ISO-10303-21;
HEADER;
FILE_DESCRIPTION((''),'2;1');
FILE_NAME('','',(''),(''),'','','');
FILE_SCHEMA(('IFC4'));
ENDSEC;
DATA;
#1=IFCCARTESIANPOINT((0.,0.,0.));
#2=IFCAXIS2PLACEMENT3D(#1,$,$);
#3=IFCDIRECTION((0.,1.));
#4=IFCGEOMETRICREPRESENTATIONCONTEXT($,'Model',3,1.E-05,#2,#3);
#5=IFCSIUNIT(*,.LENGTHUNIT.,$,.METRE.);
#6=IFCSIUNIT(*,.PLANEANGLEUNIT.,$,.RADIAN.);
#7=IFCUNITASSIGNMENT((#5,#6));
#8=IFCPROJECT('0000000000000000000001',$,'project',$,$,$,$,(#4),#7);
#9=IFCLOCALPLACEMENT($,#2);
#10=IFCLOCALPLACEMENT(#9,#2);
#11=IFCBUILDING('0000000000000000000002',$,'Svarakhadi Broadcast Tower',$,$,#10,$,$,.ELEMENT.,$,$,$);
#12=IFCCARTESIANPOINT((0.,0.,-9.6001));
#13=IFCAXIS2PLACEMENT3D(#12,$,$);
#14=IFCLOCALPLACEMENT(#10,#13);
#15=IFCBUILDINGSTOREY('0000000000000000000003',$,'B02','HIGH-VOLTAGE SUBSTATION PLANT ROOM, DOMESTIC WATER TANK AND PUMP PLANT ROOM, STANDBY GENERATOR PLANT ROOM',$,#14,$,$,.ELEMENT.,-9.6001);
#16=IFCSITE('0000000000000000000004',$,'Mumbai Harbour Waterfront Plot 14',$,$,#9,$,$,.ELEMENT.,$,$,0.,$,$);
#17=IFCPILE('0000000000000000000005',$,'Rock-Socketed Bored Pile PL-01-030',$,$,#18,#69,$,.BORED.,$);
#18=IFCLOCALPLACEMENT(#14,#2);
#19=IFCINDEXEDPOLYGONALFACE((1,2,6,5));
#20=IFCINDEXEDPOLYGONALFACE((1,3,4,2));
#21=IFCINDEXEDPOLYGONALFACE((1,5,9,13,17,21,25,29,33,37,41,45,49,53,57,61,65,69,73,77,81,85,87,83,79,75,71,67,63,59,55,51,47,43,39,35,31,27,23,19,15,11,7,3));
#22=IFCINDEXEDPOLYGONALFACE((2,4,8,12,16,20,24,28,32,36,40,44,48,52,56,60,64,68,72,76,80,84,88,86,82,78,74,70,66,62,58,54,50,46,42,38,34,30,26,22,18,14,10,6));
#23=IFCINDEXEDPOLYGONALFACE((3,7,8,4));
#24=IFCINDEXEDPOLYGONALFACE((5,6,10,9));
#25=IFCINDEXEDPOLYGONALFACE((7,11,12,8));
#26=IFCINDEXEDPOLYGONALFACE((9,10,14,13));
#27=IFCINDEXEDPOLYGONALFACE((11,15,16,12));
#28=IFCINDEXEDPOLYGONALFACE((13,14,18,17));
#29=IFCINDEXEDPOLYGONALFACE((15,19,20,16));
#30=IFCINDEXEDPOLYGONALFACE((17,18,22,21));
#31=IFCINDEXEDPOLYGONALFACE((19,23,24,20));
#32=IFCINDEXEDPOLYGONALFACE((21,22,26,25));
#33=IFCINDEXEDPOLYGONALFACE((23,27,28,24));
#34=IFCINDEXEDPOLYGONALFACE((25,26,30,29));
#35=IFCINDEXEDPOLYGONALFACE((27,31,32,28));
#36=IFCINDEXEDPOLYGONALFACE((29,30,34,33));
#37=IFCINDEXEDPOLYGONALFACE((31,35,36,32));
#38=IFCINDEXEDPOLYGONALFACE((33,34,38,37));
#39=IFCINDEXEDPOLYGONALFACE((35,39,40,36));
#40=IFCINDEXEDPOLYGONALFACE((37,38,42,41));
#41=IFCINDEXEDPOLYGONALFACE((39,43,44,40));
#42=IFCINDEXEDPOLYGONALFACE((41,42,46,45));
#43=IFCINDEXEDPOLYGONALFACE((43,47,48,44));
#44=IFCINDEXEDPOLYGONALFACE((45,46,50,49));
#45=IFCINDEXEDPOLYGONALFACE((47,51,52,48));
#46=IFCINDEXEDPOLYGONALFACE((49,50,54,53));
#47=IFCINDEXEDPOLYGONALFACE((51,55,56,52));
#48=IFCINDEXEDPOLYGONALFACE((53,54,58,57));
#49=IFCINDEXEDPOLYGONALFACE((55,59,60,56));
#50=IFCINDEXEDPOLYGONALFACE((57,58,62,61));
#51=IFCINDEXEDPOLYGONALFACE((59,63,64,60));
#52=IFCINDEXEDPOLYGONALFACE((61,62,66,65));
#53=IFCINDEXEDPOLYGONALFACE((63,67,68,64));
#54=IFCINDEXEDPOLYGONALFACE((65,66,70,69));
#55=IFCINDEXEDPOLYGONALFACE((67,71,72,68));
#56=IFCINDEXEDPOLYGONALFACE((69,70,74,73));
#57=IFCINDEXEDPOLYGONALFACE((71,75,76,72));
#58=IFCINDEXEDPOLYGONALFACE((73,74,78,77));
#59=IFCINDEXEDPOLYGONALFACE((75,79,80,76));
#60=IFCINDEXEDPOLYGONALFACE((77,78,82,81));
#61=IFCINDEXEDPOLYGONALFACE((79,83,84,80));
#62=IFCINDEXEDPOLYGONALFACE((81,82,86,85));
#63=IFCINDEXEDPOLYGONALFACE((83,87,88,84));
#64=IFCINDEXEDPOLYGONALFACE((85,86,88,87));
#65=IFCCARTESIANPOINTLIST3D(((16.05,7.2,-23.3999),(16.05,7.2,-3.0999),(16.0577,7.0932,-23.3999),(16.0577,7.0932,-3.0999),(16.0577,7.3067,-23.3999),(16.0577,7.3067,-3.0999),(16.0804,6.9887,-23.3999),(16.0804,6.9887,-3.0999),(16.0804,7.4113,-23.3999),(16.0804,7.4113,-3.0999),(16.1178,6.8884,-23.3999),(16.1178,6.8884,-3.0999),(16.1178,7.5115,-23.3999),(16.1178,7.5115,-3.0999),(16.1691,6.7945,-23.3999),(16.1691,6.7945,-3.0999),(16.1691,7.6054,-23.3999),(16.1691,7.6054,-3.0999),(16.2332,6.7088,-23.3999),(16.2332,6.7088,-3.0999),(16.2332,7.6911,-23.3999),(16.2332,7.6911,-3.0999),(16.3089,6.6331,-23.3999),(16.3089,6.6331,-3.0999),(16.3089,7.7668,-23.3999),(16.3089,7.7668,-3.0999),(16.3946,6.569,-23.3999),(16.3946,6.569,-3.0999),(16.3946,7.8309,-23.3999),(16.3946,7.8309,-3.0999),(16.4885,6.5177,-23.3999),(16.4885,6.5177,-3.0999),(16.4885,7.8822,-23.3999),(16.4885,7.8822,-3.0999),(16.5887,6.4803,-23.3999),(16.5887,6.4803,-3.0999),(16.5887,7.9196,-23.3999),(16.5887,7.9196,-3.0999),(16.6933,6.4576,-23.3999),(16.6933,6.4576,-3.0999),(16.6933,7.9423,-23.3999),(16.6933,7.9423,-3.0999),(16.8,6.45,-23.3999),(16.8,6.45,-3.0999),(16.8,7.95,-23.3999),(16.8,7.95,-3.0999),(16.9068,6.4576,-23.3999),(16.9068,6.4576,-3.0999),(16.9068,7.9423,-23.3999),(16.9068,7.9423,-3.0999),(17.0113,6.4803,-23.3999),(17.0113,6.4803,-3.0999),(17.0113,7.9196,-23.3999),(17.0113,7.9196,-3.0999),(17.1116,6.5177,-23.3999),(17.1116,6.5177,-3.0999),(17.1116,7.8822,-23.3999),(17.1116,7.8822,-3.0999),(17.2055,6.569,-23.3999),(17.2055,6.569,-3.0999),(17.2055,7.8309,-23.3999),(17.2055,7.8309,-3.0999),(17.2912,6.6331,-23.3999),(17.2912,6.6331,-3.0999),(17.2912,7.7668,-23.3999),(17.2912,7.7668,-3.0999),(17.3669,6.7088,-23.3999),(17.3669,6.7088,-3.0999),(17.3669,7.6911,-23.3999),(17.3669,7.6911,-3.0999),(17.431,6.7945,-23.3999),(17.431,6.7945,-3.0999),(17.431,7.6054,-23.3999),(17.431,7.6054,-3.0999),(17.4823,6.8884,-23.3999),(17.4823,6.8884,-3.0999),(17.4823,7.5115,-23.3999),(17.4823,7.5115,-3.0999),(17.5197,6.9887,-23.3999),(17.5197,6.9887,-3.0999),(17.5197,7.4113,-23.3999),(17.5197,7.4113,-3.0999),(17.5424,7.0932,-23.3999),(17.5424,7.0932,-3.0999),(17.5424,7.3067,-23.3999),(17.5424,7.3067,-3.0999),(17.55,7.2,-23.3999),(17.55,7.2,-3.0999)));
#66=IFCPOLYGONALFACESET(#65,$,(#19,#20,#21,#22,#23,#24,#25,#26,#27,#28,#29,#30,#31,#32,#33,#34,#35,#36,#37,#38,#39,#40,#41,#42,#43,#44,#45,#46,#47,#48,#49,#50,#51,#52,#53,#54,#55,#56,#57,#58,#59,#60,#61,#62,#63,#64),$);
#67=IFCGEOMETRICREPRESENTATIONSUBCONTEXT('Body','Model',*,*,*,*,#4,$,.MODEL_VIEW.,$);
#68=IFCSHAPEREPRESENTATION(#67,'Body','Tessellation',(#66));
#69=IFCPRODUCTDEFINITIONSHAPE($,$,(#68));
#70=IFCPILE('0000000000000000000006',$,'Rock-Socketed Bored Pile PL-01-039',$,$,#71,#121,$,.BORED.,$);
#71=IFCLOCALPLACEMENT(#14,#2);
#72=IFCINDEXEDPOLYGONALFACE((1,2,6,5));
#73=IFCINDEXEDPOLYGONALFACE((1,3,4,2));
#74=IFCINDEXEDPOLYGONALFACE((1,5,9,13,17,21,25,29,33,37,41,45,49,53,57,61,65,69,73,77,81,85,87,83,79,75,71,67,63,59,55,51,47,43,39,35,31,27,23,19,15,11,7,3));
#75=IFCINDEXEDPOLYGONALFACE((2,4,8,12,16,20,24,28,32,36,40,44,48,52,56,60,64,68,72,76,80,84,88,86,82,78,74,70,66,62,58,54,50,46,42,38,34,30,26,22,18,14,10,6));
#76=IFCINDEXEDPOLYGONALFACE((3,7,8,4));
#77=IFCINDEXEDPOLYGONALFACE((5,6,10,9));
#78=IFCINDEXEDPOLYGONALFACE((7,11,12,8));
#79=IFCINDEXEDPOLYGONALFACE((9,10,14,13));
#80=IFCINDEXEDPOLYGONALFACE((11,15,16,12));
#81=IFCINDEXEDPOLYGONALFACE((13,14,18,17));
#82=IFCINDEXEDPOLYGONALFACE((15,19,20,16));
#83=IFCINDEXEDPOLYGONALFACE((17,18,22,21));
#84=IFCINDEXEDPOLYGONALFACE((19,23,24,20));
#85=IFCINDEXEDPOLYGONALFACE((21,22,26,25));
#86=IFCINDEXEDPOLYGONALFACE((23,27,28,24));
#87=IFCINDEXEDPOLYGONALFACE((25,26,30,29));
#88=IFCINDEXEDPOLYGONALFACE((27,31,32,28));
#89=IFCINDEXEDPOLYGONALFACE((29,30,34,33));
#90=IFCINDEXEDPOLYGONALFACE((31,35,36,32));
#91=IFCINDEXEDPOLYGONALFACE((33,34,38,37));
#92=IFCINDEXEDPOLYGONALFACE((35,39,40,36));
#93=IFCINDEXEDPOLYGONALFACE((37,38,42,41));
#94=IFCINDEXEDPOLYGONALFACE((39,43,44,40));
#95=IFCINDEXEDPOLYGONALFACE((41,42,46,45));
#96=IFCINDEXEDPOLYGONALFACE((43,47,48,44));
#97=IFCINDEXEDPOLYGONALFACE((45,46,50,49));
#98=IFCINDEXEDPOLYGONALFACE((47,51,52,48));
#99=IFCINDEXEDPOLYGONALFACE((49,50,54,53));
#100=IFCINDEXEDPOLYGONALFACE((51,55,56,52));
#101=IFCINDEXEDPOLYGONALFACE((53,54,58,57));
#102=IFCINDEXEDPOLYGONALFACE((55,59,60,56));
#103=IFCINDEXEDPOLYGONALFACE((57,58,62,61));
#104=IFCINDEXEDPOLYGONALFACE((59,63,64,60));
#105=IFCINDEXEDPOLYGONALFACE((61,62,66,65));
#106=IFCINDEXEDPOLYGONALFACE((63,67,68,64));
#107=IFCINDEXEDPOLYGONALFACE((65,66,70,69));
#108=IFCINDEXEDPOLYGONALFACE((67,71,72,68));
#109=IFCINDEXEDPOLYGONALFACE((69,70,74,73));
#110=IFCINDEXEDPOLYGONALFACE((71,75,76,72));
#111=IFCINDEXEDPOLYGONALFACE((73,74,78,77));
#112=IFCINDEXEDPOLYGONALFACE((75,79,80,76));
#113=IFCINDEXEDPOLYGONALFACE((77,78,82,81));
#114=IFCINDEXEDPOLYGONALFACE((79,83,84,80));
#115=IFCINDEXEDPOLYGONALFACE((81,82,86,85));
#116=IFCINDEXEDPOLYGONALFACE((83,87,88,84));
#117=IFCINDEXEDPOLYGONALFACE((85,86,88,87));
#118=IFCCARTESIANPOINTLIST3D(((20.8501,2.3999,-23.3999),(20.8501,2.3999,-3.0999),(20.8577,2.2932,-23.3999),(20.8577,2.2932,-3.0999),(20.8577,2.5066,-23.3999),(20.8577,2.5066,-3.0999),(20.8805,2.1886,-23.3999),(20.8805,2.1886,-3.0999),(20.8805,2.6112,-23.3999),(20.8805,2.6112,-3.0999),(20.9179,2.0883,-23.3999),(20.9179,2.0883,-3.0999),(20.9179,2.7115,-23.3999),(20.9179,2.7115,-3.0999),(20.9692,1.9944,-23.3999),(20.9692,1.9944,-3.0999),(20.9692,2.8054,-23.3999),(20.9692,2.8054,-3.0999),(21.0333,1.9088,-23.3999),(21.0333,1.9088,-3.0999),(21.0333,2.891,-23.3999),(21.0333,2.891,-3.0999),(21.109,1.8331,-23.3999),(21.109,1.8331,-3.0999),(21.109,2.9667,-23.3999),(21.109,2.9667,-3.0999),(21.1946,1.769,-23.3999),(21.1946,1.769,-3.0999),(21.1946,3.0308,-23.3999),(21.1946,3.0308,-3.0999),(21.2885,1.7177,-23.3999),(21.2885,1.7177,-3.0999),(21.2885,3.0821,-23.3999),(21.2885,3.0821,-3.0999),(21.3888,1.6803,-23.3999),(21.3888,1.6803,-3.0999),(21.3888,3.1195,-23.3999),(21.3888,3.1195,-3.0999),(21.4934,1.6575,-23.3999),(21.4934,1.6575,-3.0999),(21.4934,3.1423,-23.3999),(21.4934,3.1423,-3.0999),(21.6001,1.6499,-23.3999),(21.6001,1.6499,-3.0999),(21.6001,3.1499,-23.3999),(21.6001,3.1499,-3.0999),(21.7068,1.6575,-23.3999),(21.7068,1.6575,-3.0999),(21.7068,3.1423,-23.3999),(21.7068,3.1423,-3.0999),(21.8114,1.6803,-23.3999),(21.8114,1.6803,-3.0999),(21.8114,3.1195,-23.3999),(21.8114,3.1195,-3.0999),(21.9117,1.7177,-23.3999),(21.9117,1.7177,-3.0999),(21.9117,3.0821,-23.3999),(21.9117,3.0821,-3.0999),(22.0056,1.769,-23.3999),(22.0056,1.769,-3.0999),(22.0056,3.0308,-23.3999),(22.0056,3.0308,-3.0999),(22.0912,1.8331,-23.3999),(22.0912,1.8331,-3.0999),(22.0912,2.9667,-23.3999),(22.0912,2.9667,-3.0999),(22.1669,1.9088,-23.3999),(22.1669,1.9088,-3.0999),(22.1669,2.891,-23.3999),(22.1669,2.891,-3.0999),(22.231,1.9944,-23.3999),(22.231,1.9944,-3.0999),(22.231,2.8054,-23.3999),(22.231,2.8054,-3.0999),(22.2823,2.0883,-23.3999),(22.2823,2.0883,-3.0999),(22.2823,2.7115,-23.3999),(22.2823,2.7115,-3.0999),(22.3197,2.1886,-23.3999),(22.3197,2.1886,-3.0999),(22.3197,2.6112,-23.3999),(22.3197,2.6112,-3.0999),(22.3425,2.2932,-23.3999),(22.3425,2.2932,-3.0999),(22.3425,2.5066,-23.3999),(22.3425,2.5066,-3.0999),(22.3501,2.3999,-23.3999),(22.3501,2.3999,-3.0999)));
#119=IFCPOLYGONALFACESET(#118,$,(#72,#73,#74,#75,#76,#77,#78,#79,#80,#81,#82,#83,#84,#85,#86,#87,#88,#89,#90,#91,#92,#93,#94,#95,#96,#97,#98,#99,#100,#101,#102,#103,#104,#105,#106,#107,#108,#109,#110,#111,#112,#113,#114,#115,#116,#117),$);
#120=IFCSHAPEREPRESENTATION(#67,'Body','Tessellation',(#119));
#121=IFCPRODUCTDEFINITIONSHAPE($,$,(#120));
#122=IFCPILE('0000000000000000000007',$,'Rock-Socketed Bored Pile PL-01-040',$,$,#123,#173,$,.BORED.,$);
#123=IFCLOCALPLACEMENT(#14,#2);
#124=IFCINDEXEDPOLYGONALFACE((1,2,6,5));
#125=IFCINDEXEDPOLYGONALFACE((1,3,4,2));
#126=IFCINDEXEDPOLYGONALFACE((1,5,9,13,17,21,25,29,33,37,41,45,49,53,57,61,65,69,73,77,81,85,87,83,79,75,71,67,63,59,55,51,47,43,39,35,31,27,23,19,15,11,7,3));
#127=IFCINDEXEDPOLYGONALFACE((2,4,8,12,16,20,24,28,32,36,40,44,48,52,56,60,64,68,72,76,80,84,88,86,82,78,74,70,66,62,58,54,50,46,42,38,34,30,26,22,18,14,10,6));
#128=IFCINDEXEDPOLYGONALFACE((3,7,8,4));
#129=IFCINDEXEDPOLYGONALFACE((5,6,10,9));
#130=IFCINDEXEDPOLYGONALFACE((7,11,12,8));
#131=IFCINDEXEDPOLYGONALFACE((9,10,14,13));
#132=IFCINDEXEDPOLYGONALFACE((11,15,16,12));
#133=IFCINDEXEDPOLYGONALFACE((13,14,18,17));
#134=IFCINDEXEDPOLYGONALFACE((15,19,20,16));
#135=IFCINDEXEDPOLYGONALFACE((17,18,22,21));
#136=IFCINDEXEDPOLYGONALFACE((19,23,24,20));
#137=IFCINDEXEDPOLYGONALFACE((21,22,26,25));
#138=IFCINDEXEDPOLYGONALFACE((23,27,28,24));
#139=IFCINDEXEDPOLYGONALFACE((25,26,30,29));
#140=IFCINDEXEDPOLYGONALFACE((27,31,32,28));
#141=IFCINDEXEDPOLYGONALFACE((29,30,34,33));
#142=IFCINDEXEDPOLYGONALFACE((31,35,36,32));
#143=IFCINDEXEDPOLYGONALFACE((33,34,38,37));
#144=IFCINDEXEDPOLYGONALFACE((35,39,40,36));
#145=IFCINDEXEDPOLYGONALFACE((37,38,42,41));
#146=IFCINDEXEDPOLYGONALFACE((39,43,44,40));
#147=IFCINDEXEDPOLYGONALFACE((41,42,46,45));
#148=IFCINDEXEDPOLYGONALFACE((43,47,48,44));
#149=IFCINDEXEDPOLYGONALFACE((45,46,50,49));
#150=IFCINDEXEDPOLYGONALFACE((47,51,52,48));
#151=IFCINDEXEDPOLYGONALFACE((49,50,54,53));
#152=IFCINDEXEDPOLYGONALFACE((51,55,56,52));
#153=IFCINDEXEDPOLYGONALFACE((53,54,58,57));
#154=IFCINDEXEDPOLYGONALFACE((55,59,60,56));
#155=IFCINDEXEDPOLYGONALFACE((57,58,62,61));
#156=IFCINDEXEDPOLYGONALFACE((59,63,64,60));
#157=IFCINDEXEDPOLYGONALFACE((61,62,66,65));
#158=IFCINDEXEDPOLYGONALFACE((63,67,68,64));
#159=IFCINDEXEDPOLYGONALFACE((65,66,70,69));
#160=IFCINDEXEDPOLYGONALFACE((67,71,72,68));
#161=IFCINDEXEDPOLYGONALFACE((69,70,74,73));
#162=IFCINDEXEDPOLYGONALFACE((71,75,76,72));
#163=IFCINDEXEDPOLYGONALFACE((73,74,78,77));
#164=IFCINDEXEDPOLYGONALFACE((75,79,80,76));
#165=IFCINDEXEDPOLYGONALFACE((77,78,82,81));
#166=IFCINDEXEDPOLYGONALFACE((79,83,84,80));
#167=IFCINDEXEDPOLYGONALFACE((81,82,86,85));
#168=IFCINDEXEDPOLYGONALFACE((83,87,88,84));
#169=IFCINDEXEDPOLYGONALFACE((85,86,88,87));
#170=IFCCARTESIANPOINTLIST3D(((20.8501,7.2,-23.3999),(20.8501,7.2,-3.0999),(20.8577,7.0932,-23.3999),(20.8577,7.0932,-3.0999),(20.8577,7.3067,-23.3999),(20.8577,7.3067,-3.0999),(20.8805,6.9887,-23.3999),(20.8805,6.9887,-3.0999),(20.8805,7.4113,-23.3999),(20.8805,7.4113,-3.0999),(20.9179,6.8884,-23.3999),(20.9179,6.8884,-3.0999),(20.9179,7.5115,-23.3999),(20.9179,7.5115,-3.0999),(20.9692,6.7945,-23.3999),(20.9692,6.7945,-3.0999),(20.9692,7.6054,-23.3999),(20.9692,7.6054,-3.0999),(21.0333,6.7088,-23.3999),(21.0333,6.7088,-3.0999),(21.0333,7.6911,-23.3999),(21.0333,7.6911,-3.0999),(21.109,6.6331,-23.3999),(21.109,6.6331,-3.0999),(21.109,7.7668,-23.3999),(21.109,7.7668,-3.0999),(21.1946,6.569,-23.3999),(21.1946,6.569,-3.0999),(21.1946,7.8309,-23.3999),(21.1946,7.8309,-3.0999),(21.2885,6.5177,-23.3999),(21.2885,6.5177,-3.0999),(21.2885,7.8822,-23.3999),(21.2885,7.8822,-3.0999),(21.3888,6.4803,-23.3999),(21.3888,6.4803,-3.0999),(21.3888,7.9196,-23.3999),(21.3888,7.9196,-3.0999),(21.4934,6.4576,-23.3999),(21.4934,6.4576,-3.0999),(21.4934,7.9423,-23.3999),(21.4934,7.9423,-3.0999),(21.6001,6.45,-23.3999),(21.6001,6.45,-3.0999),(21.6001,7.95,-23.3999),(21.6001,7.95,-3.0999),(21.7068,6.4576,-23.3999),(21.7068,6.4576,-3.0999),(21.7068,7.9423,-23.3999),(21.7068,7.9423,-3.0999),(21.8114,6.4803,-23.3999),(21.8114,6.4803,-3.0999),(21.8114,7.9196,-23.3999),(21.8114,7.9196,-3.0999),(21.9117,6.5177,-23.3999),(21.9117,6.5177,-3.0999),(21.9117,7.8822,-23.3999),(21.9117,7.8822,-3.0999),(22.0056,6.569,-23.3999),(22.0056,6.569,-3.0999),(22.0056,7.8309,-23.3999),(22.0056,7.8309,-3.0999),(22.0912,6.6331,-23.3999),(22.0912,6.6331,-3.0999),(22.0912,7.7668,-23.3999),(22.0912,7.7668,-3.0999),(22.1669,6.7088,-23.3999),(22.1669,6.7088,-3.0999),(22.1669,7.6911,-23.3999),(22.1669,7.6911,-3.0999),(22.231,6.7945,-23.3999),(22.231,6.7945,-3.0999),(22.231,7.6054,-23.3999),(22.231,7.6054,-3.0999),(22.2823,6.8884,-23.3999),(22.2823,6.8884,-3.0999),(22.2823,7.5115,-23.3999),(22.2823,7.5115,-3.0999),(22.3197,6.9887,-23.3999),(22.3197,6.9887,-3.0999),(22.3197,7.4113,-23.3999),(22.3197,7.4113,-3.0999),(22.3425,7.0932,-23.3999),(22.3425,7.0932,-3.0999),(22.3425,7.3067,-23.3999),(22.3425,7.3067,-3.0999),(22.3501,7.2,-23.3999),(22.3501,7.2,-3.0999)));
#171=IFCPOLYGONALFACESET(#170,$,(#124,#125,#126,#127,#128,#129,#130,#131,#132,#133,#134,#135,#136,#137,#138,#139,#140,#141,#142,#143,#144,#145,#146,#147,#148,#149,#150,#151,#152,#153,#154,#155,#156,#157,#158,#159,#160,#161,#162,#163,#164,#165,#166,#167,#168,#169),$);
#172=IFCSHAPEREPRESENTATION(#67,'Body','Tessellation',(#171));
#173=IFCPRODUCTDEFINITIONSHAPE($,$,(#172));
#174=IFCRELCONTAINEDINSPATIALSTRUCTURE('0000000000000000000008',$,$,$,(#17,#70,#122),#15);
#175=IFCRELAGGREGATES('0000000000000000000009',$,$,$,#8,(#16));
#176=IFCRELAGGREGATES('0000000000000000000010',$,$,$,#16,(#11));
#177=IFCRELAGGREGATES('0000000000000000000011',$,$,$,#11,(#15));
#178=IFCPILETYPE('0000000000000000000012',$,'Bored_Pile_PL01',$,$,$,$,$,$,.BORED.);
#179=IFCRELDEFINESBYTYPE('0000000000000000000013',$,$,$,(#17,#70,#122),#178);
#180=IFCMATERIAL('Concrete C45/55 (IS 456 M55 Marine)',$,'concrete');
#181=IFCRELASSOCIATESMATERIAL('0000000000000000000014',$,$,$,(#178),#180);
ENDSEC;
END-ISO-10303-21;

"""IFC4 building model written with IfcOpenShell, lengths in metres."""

from ifc_helpers import new_model, si_unit, direction, frame, origin, origin_2d, place, context, subcontext, project, spatial, circle, extrude, material, material_profile, profile_set, type_object, element, save


model = new_model("IFC4")

# Units and contexts
model_context = context("Model", 3, precision=1e-05, world=origin(), true_north=direction((0.0, 1.0)))
body_context = subcontext(model_context, "Body", "Model", "MODEL_VIEW")
ifc_project = project(units=[si_unit("LENGTHUNIT", "METRE"), si_unit("PLANEANGLEUNIT", "RADIAN")], contexts=[model_context])

# Site, building, storey
site_placement = place(None, origin())
site = spatial("IfcSite", under=ifc_project, at=site_placement, Name="Mumbai Harbour Waterfront Plot 14", CompositionType="ELEMENT", RefElevation=0.0)
building_placement = place(site_placement, origin())
building = spatial("IfcBuilding", under=site, at=building_placement, Name="Svarakhadi Broadcast Tower", CompositionType="ELEMENT")
storey_placement = place(building_placement, frame((0.0, 0.0, -9.6001)))
storey = spatial("IfcBuildingStorey", under=building, at=storey_placement, Name="B02", Description="HIGH-VOLTAGE SUBSTATION PLANT ROOM, DOMESTIC WATER TANK AND PUMP PLANT ROOM, STANDBY GENERATOR PLANT ROOM", CompositionType="ELEMENT", Elevation=-9.6001)

# Piles
ifc_material_1 = material(Name="Concrete C45/55 (IS 456 M55 Marine)", Category="concrete")
ifc_material_profile_1 = material_profile(ifc_material_1, circle(Radius=0.75, at=origin_2d()), Name="PILE D1500")
ifc_profile_set_1 = profile_set([ifc_material_profile_1], Name="Concrete C45/55 (IS 456 M55 Marine)")
pile_type = type_object("IfcPileType", Name="Bored_Pile_PL01", PredefinedType="BORED", material=ifc_profile_set_1)
for number, where, z_axis, x_axis, name in (
    (1, (16.8, 7.2, -3.0999), (0.0, 0.0, -1.0), (1.0, 0.0, 0.0), "Rock-Socketed Bored Pile PL-01-030"),
    (2, (21.6001, 2.3999, -3.0999), (0.0, 0.0, -1.0), (1.0, 0.0, 0.0), "Rock-Socketed Bored Pile PL-01-039"),
    (3, (21.6001, 7.2, -3.0999), (0.0, 0.0, -1.0), (1.0, 0.0, 0.0), "Rock-Socketed Bored Pile PL-01-040"),
):
    element("IfcPile", number, at=place(storey_placement, frame(where, z_axis=z_axis, x_axis=x_axis)), inside=storey, type_object=pile_type, Name=name, PredefinedType="BORED", context=body_context, shape_type="SweptSolid", body=[
        extrude(circle(Radius=0.75, at=origin_2d()), origin(), (0.0, 0.0, 1.0), 20.3),
    ])

save(model, "model.ifc")
